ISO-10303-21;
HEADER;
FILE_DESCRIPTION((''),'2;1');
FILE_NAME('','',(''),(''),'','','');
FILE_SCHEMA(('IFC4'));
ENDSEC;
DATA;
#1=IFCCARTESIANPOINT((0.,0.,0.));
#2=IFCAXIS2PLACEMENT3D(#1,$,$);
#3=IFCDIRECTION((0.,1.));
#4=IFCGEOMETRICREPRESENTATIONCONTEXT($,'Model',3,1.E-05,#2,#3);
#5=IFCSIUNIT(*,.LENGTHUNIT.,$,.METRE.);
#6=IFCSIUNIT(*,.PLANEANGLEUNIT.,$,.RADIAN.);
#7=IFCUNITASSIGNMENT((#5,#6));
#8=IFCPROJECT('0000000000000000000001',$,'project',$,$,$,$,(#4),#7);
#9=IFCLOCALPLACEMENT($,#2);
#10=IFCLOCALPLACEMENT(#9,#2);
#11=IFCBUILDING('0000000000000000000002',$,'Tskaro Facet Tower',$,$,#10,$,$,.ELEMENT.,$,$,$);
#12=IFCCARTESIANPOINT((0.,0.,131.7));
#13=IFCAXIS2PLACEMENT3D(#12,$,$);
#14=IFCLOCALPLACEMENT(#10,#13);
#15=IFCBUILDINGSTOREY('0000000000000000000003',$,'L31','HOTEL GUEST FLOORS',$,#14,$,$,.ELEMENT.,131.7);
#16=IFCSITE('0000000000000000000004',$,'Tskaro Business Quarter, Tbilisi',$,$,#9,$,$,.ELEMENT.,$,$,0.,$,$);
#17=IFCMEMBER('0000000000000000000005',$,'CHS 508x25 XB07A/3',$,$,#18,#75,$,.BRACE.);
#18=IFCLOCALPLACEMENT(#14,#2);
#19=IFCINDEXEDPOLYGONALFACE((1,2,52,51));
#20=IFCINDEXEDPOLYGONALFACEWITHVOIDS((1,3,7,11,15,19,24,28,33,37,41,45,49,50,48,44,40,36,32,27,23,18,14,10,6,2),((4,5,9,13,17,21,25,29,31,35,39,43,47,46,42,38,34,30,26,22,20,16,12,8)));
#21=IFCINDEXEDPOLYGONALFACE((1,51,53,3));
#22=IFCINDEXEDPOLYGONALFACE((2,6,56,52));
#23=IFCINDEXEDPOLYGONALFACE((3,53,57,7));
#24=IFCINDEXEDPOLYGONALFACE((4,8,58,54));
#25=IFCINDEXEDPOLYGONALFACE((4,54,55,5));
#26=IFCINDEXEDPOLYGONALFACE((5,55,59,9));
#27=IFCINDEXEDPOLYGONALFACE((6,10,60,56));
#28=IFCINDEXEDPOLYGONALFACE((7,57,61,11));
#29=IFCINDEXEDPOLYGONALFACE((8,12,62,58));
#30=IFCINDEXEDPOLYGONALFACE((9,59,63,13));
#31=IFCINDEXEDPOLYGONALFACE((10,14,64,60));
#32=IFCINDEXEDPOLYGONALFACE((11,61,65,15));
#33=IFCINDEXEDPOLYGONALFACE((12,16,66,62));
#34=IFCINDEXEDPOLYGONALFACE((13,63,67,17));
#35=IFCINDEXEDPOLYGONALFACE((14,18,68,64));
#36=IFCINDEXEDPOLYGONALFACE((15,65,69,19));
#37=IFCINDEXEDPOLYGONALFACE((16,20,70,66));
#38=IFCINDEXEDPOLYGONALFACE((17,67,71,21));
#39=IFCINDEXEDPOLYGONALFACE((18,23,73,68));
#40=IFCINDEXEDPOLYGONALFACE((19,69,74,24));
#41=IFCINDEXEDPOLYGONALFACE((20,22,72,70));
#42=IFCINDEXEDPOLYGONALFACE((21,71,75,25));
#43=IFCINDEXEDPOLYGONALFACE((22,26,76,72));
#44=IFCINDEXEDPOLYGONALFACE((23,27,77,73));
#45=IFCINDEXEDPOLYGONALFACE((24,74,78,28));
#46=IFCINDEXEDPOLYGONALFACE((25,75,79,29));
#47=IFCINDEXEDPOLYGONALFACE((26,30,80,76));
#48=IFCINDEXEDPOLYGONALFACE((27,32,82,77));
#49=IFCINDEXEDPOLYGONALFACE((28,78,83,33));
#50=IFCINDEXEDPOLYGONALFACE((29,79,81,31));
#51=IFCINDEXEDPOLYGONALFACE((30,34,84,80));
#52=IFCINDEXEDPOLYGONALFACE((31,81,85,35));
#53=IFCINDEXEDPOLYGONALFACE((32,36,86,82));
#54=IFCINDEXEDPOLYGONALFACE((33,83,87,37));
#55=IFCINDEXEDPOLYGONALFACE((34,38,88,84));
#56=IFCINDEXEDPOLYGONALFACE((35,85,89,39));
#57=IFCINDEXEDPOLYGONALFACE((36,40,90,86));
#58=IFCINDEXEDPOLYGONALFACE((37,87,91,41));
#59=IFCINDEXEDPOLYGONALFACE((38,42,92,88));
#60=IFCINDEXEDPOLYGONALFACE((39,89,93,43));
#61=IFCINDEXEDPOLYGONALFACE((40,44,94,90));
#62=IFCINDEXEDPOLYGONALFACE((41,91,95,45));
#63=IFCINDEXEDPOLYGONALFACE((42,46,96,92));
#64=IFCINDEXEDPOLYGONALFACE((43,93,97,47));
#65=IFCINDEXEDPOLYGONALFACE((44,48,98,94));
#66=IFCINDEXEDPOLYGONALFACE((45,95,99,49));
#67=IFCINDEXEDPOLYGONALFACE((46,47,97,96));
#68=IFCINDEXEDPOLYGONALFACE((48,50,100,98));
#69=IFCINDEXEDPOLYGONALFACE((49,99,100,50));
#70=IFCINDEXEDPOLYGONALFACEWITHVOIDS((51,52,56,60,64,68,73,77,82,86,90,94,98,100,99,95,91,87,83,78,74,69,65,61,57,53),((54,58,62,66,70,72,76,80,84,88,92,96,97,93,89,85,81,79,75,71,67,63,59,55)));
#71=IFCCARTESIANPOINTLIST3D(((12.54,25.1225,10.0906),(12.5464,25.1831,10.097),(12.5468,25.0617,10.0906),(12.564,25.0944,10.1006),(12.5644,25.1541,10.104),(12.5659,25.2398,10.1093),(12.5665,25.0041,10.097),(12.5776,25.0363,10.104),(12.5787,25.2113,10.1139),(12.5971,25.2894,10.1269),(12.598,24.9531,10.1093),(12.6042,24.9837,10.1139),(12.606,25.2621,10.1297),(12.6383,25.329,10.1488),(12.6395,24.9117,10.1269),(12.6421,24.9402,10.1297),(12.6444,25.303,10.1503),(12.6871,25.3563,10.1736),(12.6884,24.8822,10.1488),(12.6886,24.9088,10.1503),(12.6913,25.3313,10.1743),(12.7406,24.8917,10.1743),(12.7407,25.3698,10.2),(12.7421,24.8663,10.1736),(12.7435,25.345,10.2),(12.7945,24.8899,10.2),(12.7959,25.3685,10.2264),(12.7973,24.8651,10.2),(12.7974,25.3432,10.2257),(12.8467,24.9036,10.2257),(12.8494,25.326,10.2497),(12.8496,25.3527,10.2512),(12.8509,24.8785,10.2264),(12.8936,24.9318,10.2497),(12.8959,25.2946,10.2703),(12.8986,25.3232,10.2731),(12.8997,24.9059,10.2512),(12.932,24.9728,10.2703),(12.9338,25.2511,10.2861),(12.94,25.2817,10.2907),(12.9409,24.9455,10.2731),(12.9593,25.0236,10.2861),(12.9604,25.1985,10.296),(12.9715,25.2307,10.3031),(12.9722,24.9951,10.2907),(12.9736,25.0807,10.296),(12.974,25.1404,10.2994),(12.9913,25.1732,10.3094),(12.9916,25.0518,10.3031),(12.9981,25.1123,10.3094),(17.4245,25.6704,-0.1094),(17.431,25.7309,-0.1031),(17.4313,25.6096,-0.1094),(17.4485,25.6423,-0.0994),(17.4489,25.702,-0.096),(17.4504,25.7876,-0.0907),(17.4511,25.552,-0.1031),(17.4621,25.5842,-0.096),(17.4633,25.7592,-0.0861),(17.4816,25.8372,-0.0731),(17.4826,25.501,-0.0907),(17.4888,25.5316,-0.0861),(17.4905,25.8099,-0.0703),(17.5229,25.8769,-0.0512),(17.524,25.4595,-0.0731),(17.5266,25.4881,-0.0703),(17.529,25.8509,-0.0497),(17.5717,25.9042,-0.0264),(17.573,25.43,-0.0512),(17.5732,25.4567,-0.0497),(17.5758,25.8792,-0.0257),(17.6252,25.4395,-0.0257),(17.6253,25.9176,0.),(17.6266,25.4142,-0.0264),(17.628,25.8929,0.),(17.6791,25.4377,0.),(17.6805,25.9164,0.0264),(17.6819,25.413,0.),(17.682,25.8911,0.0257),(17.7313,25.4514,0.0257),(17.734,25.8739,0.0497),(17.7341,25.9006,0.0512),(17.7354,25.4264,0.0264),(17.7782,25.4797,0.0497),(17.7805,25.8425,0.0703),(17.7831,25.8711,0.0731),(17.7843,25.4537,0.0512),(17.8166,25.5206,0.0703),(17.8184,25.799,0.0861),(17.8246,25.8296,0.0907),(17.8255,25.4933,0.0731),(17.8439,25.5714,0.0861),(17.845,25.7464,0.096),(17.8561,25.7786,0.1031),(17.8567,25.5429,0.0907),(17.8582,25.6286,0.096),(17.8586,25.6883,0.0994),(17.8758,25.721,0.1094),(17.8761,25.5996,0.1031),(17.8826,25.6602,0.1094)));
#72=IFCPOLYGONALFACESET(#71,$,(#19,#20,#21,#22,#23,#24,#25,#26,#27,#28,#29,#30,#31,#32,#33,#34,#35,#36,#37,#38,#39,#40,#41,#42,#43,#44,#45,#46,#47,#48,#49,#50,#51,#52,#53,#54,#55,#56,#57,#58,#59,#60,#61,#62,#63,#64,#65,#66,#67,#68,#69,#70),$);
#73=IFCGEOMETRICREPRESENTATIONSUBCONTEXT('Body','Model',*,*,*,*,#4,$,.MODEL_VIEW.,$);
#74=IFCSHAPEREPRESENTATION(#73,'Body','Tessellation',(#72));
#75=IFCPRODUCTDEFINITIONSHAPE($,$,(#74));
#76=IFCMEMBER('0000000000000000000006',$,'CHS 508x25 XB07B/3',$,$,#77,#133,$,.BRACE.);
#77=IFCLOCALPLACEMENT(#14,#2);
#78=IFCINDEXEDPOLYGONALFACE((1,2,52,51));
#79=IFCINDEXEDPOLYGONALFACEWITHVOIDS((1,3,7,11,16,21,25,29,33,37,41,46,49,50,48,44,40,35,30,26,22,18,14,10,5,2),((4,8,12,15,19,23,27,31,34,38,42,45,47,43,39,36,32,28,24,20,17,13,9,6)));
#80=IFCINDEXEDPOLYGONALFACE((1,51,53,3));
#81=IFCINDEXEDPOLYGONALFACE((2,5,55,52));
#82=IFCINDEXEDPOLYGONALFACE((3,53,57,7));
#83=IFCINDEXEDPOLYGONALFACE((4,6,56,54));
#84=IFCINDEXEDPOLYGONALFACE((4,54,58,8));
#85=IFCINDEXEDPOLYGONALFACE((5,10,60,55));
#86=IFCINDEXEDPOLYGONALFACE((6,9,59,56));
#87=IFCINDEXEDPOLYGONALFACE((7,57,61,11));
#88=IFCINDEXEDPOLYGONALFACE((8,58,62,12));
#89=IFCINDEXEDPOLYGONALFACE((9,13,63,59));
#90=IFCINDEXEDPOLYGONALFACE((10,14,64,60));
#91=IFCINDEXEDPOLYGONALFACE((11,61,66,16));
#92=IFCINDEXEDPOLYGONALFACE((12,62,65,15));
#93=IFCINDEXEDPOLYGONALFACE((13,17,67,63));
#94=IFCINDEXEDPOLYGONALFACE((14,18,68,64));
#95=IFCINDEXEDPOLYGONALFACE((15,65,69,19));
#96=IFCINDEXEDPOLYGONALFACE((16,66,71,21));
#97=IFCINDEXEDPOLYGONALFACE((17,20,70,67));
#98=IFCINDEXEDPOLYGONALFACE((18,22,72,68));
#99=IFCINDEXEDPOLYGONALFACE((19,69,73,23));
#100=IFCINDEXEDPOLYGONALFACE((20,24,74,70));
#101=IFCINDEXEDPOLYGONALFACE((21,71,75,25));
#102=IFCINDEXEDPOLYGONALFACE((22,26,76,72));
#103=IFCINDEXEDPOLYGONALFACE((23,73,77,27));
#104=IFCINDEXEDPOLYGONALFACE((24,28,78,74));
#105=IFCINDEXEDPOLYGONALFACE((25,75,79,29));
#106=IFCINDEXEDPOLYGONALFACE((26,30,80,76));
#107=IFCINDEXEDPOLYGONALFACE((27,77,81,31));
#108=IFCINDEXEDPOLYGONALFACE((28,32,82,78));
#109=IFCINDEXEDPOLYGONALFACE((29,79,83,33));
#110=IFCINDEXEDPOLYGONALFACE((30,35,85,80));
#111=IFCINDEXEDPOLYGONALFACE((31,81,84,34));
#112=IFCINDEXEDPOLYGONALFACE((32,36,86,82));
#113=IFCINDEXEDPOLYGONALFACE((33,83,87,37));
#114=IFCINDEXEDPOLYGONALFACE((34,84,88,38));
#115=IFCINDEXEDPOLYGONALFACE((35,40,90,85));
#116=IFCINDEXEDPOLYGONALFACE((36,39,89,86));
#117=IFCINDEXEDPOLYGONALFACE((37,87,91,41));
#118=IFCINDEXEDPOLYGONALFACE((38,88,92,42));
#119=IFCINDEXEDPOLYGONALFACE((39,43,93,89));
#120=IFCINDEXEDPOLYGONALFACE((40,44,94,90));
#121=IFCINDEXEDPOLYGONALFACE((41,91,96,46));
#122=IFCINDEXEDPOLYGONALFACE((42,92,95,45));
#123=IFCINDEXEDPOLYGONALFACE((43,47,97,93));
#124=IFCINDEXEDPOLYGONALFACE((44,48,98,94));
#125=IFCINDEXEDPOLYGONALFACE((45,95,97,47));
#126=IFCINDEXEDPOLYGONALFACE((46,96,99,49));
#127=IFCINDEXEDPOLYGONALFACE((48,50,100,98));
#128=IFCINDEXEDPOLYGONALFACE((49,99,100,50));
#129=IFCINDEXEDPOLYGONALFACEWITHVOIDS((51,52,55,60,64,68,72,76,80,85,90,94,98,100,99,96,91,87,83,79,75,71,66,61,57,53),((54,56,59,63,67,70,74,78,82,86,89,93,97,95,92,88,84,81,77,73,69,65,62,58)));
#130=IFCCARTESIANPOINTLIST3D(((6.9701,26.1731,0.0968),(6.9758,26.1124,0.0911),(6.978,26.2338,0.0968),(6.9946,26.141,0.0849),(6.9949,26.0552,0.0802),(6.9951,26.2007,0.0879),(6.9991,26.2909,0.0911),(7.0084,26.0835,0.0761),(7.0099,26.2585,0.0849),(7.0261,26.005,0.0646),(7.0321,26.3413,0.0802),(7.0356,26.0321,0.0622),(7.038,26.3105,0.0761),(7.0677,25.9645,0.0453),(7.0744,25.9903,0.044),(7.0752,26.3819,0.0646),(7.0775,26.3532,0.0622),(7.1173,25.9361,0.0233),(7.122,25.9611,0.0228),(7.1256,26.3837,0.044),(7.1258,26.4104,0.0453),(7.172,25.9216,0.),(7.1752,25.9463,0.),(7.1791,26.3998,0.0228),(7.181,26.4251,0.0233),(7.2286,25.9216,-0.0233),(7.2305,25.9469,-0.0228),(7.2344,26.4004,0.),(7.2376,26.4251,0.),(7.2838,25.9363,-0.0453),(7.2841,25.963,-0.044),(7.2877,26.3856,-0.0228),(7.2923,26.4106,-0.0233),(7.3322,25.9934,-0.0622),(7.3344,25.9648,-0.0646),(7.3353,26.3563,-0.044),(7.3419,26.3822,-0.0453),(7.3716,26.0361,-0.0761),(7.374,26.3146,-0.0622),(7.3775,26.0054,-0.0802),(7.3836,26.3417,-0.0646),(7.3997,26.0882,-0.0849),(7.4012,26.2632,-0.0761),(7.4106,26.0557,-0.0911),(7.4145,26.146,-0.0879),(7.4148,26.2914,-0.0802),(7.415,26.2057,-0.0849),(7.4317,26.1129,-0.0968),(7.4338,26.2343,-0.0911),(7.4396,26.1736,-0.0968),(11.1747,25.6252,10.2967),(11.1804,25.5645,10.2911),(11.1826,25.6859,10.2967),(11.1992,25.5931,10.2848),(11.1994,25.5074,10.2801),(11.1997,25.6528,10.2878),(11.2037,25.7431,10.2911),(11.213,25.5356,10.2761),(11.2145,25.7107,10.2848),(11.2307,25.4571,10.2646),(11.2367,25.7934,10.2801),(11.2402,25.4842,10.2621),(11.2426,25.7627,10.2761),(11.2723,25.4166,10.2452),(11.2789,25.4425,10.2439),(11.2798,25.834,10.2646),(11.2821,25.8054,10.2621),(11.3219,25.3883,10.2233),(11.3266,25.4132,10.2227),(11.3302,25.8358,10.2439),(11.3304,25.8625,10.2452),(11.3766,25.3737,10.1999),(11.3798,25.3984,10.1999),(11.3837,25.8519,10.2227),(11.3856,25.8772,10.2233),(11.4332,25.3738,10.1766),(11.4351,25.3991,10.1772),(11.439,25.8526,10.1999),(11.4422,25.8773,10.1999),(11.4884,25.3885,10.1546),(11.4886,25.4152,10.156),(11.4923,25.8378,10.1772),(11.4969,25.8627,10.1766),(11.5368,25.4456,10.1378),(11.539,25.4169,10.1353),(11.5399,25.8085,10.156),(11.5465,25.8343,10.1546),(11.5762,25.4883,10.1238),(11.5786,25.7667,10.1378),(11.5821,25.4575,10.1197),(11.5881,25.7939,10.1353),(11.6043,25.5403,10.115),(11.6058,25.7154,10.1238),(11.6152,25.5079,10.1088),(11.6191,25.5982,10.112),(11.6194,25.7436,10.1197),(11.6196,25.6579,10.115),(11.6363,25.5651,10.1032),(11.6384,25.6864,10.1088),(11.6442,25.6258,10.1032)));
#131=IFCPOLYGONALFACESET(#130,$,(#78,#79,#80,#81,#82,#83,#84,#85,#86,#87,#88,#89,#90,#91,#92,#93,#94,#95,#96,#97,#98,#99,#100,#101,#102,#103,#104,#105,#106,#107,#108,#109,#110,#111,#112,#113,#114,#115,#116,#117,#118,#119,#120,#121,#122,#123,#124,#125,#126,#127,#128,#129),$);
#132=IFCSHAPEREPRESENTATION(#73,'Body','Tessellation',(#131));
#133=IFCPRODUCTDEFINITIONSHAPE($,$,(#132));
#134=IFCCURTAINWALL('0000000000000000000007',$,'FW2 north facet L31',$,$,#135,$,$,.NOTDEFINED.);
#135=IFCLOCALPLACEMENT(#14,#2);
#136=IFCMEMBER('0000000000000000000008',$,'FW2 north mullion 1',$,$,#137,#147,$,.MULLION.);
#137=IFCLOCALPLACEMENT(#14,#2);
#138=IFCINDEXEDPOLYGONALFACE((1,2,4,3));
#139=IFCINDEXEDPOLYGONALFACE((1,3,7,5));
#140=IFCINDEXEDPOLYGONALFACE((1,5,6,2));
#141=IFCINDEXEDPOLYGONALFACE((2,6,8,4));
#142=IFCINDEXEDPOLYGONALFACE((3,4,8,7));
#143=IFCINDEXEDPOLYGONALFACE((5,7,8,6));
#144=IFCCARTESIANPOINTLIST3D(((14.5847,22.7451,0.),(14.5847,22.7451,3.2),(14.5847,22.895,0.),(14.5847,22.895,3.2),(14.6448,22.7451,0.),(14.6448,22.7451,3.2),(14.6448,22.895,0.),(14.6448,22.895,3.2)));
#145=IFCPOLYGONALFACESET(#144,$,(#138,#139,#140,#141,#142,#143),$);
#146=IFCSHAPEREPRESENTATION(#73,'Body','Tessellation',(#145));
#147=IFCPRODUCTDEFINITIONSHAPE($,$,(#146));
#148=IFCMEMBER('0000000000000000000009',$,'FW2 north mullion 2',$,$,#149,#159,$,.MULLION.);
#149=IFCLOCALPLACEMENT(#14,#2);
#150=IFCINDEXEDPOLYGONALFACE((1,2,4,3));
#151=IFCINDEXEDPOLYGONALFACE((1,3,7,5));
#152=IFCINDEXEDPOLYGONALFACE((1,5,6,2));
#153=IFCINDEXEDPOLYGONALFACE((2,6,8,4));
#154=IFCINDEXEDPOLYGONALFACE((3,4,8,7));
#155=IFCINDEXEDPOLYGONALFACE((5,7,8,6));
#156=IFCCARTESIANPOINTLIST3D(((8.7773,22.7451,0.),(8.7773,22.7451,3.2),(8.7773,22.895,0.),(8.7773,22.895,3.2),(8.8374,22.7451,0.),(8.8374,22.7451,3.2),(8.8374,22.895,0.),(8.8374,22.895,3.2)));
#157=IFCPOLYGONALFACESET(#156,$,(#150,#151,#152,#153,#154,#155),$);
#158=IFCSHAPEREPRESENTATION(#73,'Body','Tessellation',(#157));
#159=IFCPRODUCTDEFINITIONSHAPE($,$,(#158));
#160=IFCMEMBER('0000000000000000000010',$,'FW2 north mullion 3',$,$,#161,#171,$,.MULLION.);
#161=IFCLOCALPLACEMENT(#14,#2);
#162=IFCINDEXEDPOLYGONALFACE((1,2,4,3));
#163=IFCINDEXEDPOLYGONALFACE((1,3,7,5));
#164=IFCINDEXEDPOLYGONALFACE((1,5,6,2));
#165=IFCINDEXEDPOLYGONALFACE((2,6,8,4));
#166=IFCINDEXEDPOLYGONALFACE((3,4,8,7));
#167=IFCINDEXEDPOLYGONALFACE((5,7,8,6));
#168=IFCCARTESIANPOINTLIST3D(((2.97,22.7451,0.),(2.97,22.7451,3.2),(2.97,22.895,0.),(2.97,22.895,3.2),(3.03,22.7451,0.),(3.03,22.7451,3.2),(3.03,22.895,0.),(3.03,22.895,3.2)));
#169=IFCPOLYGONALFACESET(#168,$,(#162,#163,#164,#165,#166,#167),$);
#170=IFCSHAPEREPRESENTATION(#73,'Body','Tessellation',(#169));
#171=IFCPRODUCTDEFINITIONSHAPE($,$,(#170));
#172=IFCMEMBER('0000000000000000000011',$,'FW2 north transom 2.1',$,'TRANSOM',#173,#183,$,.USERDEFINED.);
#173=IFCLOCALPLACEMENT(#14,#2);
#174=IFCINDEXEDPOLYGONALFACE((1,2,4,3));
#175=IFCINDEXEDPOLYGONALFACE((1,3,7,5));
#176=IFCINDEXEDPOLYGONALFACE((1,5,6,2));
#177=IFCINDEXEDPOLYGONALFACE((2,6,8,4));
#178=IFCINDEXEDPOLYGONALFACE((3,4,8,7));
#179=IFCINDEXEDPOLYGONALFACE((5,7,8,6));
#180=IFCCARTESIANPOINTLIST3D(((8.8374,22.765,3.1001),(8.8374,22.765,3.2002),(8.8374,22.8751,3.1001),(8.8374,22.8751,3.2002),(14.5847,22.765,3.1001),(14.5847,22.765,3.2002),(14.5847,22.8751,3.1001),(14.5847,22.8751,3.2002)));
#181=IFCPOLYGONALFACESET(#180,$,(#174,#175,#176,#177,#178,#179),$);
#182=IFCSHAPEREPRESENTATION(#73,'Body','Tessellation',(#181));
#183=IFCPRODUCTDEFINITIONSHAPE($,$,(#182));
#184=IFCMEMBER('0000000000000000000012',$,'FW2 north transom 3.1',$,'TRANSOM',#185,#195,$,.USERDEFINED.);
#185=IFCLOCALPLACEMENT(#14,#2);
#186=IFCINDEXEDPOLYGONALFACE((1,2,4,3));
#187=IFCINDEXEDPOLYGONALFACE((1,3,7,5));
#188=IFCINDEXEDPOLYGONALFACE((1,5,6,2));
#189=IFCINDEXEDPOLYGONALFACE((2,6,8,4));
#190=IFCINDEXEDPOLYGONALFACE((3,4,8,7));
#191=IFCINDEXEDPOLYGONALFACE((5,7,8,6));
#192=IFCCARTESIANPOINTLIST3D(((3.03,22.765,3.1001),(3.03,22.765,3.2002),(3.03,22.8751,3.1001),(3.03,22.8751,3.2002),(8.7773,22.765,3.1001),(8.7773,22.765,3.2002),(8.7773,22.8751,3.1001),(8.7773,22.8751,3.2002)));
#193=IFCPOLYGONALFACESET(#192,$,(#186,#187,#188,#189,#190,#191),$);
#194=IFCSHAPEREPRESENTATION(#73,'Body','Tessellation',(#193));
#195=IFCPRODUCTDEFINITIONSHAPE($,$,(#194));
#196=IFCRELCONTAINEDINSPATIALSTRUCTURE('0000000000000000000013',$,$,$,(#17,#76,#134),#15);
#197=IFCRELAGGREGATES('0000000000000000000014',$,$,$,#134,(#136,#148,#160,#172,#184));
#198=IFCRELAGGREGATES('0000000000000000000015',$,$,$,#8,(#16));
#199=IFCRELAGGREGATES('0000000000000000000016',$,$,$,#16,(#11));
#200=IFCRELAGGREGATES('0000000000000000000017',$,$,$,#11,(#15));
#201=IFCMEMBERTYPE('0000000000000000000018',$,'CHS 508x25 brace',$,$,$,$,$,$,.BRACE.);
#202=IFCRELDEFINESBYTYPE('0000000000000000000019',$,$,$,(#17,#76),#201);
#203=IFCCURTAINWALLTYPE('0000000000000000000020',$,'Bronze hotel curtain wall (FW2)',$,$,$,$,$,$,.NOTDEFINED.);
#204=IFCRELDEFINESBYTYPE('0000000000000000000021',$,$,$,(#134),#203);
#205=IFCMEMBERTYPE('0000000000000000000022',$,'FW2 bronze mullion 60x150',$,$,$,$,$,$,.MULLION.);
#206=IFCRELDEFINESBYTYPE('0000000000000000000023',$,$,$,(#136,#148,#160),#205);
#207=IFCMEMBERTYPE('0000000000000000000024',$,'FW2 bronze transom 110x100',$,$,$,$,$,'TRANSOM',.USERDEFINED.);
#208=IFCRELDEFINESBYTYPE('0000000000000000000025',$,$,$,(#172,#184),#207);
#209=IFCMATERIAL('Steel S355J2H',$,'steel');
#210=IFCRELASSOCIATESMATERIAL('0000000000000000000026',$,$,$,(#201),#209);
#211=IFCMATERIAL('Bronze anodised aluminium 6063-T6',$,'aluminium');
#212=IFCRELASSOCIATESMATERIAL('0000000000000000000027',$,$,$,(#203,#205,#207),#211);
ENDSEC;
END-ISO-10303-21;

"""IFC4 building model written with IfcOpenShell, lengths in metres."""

from ifc_helpers import new_model, si_unit, direction, frame, origin, origin_2d, place, context, subcontext, project, spatial, rectangle, hollow_circle, extrude, material, material_profile, profile_set, type_object, element, aggregate, save


model = new_model("IFC4")

# Units and contexts
model_context = context("Model", 3, precision=1e-05, world=origin(), true_north=direction((0.0, 1.0)))
body_context = subcontext(model_context, "Body", "Model", "MODEL_VIEW")
ifc_project = project(units=[si_unit("LENGTHUNIT", "METRE"), si_unit("PLANEANGLEUNIT", "RADIAN")], contexts=[model_context])

# Site, building, storey
site_placement = place(None, origin())
site = spatial("IfcSite", under=ifc_project, at=site_placement, Name="Tskaro Business Quarter, Tbilisi", CompositionType="ELEMENT", RefElevation=0.0)
building_placement = place(site_placement, origin())
building = spatial("IfcBuilding", under=site, at=building_placement, Name="Tskaro Facet Tower", CompositionType="ELEMENT")
storey_placement = place(building_placement, frame((0.0, 0.0, 131.7)))
storey = spatial("IfcBuildingStorey", under=building, at=storey_placement, Name="L31", Description="HOTEL GUEST FLOORS", CompositionType="ELEMENT", Elevation=131.7)

# Shared definitions
ifc_material_1 = material(Name="Steel S355J2H", Category="steel")

# Members
ifc_material_profile_1 = material_profile(ifc_material_1, hollow_circle(Radius=0.2539, WallThickness=0.0249, at=origin_2d()), Name="CHS 508x25")
ifc_profile_set_1 = profile_set([ifc_material_profile_1], Name="Steel S355J2H")
member_type_1 = type_object("IfcMemberType", Name="CHS 508x25 brace", PredefinedType="BRACE", material=ifc_profile_set_1)
member_1_placement = place(storey_placement, frame((17.6536, 25.6653, 0.0), z_axis=(-0.431402, -0.048386, 0.900861), x_axis=(0.111462, -0.993769, 0.0)))
element("IfcMember", 1, at=member_1_placement, inside=storey, type_object=member_type_1, Name="CHS 508x25 XB07A/3", PredefinedType="BRACE", context=body_context, shape_type="SweptSolid", body=[
    extrude(hollow_circle(Radius=0.2539, WallThickness=0.0249, at=origin_2d()), origin(), (0.0, 0.0, 1.0), 11.3225),
])
member_2_placement = place(storey_placement, frame((7.2048, 26.1733, 0.0), z_axis=(0.380638, -0.049597, 0.923393), x_axis=(0.129206, 0.991618, 0.0)))
element("IfcMember", 2, at=member_2_placement, inside=storey, type_object=member_type_1, Name="CHS 508x25 XB07B/3", PredefinedType="BRACE", context=body_context, shape_type="SweptSolid", body=[
    extrude(hollow_circle(Radius=0.2539, WallThickness=0.0249, at=origin_2d()), origin(), (0.0, 0.0, 1.0), 11.0461),
])

# Curtain wall, members
ifc_material_2 = material(Name="Bronze anodised aluminium 6063-T6", Category="aluminium")
curtain_wall_type = type_object("IfcCurtainWallType", Name="Bronze hotel curtain wall (FW2)", PredefinedType="NOTDEFINED", material=ifc_material_2)
curtain_wall_placement = place(storey_placement, origin())
curtain_wall = element("IfcCurtainWall", 3, at=curtain_wall_placement, inside=storey, type_object=curtain_wall_type, Name="FW2 north facet L31", PredefinedType="NOTDEFINED")
ifc_material_profile_2 = material_profile(ifc_material_2, rectangle(XDim=0.0601, YDim=0.1499, at=origin_2d()), Name="Mullion 60x150")
ifc_profile_set_2 = profile_set([ifc_material_profile_2], Name="Bronze anodised aluminium 6063-T6")
member_type_2 = type_object("IfcMemberType", Name="FW2 bronze mullion 60x150", PredefinedType="MULLION", material=ifc_profile_set_2)
member_3_placement = place(storey_placement, frame((14.6147, 22.8201, 0.0), z_axis=(0.0, 0.0, 1.0), x_axis=(-1.0, 0.0, 0.0)))
member_3 = element("IfcMember", 4, at=member_3_placement, type_object=member_type_2, Name="FW2 north mullion 1", PredefinedType="MULLION", context=body_context, shape_type="SweptSolid", body=[
    extrude(rectangle(XDim=0.0601, YDim=0.1499, at=origin_2d()), origin(), (0.0, 0.0, 1.0), 3.2),
])
member_4_placement = place(storey_placement, frame((8.8074, 22.8201, 0.0), z_axis=(0.0, 0.0, 1.0), x_axis=(-1.0, 0.0, 0.0)))
member_4 = element("IfcMember", 5, at=member_4_placement, type_object=member_type_2, Name="FW2 north mullion 2", PredefinedType="MULLION", context=body_context, shape_type="SweptSolid", body=[
    extrude(rectangle(XDim=0.0601, YDim=0.1499, at=origin_2d()), origin(), (0.0, 0.0, 1.0), 3.2),
])
member_5_placement = place(storey_placement, frame((3.0, 22.8201, 0.0), z_axis=(0.0, 0.0, 1.0), x_axis=(-1.0, 0.0, 0.0)))
member_5 = element("IfcMember", 6, at=member_5_placement, type_object=member_type_2, Name="FW2 north mullion 3", PredefinedType="MULLION", context=body_context, shape_type="SweptSolid", body=[
    extrude(rectangle(XDim=0.0601, YDim=0.1499, at=origin_2d()), origin(), (0.0, 0.0, 1.0), 3.2),
])
ifc_material_profile_3 = material_profile(ifc_material_2, rectangle(XDim=0.1101, YDim=0.1001, at=origin_2d()), Name="Transom 110x100")
ifc_profile_set_3 = profile_set([ifc_material_profile_3], Name="Bronze anodised aluminium 6063-T6")
member_type_3 = type_object("IfcMemberType", Name="FW2 bronze transom 110x100", ElementType="TRANSOM", PredefinedType="USERDEFINED", material=ifc_profile_set_3)
member_6_placement = place(storey_placement, frame((14.5847, 22.8201, 3.1501), z_axis=(-1.0, 0.0, 0.0), x_axis=(0.0, -1.0, 0.0)))
member_6 = element("IfcMember", 7, at=member_6_placement, type_object=member_type_3, Name="FW2 north transom 2.1", ObjectType="TRANSOM", PredefinedType="USERDEFINED", context=body_context, shape_type="SweptSolid", body=[
    extrude(rectangle(XDim=0.1101, YDim=0.1001, at=origin_2d()), origin(), (0.0, 0.0, 1.0), 5.7473),
])
member_7_placement = place(storey_placement, frame((8.7773, 22.8201, 3.1501), z_axis=(-1.0, 0.0, 0.0), x_axis=(0.0, -1.0, 0.0)))
member_7 = element("IfcMember", 8, at=member_7_placement, type_object=member_type_3, Name="FW2 north transom 3.1", ObjectType="TRANSOM", PredefinedType="USERDEFINED", context=body_context, shape_type="SweptSolid", body=[
    extrude(rectangle(XDim=0.1101, YDim=0.1001, at=origin_2d()), origin(), (0.0, 0.0, 1.0), 5.7473),
])

aggregate(curtain_wall, [member_3, member_4, member_5, member_6, member_7])

save(model, "model.ifc")
